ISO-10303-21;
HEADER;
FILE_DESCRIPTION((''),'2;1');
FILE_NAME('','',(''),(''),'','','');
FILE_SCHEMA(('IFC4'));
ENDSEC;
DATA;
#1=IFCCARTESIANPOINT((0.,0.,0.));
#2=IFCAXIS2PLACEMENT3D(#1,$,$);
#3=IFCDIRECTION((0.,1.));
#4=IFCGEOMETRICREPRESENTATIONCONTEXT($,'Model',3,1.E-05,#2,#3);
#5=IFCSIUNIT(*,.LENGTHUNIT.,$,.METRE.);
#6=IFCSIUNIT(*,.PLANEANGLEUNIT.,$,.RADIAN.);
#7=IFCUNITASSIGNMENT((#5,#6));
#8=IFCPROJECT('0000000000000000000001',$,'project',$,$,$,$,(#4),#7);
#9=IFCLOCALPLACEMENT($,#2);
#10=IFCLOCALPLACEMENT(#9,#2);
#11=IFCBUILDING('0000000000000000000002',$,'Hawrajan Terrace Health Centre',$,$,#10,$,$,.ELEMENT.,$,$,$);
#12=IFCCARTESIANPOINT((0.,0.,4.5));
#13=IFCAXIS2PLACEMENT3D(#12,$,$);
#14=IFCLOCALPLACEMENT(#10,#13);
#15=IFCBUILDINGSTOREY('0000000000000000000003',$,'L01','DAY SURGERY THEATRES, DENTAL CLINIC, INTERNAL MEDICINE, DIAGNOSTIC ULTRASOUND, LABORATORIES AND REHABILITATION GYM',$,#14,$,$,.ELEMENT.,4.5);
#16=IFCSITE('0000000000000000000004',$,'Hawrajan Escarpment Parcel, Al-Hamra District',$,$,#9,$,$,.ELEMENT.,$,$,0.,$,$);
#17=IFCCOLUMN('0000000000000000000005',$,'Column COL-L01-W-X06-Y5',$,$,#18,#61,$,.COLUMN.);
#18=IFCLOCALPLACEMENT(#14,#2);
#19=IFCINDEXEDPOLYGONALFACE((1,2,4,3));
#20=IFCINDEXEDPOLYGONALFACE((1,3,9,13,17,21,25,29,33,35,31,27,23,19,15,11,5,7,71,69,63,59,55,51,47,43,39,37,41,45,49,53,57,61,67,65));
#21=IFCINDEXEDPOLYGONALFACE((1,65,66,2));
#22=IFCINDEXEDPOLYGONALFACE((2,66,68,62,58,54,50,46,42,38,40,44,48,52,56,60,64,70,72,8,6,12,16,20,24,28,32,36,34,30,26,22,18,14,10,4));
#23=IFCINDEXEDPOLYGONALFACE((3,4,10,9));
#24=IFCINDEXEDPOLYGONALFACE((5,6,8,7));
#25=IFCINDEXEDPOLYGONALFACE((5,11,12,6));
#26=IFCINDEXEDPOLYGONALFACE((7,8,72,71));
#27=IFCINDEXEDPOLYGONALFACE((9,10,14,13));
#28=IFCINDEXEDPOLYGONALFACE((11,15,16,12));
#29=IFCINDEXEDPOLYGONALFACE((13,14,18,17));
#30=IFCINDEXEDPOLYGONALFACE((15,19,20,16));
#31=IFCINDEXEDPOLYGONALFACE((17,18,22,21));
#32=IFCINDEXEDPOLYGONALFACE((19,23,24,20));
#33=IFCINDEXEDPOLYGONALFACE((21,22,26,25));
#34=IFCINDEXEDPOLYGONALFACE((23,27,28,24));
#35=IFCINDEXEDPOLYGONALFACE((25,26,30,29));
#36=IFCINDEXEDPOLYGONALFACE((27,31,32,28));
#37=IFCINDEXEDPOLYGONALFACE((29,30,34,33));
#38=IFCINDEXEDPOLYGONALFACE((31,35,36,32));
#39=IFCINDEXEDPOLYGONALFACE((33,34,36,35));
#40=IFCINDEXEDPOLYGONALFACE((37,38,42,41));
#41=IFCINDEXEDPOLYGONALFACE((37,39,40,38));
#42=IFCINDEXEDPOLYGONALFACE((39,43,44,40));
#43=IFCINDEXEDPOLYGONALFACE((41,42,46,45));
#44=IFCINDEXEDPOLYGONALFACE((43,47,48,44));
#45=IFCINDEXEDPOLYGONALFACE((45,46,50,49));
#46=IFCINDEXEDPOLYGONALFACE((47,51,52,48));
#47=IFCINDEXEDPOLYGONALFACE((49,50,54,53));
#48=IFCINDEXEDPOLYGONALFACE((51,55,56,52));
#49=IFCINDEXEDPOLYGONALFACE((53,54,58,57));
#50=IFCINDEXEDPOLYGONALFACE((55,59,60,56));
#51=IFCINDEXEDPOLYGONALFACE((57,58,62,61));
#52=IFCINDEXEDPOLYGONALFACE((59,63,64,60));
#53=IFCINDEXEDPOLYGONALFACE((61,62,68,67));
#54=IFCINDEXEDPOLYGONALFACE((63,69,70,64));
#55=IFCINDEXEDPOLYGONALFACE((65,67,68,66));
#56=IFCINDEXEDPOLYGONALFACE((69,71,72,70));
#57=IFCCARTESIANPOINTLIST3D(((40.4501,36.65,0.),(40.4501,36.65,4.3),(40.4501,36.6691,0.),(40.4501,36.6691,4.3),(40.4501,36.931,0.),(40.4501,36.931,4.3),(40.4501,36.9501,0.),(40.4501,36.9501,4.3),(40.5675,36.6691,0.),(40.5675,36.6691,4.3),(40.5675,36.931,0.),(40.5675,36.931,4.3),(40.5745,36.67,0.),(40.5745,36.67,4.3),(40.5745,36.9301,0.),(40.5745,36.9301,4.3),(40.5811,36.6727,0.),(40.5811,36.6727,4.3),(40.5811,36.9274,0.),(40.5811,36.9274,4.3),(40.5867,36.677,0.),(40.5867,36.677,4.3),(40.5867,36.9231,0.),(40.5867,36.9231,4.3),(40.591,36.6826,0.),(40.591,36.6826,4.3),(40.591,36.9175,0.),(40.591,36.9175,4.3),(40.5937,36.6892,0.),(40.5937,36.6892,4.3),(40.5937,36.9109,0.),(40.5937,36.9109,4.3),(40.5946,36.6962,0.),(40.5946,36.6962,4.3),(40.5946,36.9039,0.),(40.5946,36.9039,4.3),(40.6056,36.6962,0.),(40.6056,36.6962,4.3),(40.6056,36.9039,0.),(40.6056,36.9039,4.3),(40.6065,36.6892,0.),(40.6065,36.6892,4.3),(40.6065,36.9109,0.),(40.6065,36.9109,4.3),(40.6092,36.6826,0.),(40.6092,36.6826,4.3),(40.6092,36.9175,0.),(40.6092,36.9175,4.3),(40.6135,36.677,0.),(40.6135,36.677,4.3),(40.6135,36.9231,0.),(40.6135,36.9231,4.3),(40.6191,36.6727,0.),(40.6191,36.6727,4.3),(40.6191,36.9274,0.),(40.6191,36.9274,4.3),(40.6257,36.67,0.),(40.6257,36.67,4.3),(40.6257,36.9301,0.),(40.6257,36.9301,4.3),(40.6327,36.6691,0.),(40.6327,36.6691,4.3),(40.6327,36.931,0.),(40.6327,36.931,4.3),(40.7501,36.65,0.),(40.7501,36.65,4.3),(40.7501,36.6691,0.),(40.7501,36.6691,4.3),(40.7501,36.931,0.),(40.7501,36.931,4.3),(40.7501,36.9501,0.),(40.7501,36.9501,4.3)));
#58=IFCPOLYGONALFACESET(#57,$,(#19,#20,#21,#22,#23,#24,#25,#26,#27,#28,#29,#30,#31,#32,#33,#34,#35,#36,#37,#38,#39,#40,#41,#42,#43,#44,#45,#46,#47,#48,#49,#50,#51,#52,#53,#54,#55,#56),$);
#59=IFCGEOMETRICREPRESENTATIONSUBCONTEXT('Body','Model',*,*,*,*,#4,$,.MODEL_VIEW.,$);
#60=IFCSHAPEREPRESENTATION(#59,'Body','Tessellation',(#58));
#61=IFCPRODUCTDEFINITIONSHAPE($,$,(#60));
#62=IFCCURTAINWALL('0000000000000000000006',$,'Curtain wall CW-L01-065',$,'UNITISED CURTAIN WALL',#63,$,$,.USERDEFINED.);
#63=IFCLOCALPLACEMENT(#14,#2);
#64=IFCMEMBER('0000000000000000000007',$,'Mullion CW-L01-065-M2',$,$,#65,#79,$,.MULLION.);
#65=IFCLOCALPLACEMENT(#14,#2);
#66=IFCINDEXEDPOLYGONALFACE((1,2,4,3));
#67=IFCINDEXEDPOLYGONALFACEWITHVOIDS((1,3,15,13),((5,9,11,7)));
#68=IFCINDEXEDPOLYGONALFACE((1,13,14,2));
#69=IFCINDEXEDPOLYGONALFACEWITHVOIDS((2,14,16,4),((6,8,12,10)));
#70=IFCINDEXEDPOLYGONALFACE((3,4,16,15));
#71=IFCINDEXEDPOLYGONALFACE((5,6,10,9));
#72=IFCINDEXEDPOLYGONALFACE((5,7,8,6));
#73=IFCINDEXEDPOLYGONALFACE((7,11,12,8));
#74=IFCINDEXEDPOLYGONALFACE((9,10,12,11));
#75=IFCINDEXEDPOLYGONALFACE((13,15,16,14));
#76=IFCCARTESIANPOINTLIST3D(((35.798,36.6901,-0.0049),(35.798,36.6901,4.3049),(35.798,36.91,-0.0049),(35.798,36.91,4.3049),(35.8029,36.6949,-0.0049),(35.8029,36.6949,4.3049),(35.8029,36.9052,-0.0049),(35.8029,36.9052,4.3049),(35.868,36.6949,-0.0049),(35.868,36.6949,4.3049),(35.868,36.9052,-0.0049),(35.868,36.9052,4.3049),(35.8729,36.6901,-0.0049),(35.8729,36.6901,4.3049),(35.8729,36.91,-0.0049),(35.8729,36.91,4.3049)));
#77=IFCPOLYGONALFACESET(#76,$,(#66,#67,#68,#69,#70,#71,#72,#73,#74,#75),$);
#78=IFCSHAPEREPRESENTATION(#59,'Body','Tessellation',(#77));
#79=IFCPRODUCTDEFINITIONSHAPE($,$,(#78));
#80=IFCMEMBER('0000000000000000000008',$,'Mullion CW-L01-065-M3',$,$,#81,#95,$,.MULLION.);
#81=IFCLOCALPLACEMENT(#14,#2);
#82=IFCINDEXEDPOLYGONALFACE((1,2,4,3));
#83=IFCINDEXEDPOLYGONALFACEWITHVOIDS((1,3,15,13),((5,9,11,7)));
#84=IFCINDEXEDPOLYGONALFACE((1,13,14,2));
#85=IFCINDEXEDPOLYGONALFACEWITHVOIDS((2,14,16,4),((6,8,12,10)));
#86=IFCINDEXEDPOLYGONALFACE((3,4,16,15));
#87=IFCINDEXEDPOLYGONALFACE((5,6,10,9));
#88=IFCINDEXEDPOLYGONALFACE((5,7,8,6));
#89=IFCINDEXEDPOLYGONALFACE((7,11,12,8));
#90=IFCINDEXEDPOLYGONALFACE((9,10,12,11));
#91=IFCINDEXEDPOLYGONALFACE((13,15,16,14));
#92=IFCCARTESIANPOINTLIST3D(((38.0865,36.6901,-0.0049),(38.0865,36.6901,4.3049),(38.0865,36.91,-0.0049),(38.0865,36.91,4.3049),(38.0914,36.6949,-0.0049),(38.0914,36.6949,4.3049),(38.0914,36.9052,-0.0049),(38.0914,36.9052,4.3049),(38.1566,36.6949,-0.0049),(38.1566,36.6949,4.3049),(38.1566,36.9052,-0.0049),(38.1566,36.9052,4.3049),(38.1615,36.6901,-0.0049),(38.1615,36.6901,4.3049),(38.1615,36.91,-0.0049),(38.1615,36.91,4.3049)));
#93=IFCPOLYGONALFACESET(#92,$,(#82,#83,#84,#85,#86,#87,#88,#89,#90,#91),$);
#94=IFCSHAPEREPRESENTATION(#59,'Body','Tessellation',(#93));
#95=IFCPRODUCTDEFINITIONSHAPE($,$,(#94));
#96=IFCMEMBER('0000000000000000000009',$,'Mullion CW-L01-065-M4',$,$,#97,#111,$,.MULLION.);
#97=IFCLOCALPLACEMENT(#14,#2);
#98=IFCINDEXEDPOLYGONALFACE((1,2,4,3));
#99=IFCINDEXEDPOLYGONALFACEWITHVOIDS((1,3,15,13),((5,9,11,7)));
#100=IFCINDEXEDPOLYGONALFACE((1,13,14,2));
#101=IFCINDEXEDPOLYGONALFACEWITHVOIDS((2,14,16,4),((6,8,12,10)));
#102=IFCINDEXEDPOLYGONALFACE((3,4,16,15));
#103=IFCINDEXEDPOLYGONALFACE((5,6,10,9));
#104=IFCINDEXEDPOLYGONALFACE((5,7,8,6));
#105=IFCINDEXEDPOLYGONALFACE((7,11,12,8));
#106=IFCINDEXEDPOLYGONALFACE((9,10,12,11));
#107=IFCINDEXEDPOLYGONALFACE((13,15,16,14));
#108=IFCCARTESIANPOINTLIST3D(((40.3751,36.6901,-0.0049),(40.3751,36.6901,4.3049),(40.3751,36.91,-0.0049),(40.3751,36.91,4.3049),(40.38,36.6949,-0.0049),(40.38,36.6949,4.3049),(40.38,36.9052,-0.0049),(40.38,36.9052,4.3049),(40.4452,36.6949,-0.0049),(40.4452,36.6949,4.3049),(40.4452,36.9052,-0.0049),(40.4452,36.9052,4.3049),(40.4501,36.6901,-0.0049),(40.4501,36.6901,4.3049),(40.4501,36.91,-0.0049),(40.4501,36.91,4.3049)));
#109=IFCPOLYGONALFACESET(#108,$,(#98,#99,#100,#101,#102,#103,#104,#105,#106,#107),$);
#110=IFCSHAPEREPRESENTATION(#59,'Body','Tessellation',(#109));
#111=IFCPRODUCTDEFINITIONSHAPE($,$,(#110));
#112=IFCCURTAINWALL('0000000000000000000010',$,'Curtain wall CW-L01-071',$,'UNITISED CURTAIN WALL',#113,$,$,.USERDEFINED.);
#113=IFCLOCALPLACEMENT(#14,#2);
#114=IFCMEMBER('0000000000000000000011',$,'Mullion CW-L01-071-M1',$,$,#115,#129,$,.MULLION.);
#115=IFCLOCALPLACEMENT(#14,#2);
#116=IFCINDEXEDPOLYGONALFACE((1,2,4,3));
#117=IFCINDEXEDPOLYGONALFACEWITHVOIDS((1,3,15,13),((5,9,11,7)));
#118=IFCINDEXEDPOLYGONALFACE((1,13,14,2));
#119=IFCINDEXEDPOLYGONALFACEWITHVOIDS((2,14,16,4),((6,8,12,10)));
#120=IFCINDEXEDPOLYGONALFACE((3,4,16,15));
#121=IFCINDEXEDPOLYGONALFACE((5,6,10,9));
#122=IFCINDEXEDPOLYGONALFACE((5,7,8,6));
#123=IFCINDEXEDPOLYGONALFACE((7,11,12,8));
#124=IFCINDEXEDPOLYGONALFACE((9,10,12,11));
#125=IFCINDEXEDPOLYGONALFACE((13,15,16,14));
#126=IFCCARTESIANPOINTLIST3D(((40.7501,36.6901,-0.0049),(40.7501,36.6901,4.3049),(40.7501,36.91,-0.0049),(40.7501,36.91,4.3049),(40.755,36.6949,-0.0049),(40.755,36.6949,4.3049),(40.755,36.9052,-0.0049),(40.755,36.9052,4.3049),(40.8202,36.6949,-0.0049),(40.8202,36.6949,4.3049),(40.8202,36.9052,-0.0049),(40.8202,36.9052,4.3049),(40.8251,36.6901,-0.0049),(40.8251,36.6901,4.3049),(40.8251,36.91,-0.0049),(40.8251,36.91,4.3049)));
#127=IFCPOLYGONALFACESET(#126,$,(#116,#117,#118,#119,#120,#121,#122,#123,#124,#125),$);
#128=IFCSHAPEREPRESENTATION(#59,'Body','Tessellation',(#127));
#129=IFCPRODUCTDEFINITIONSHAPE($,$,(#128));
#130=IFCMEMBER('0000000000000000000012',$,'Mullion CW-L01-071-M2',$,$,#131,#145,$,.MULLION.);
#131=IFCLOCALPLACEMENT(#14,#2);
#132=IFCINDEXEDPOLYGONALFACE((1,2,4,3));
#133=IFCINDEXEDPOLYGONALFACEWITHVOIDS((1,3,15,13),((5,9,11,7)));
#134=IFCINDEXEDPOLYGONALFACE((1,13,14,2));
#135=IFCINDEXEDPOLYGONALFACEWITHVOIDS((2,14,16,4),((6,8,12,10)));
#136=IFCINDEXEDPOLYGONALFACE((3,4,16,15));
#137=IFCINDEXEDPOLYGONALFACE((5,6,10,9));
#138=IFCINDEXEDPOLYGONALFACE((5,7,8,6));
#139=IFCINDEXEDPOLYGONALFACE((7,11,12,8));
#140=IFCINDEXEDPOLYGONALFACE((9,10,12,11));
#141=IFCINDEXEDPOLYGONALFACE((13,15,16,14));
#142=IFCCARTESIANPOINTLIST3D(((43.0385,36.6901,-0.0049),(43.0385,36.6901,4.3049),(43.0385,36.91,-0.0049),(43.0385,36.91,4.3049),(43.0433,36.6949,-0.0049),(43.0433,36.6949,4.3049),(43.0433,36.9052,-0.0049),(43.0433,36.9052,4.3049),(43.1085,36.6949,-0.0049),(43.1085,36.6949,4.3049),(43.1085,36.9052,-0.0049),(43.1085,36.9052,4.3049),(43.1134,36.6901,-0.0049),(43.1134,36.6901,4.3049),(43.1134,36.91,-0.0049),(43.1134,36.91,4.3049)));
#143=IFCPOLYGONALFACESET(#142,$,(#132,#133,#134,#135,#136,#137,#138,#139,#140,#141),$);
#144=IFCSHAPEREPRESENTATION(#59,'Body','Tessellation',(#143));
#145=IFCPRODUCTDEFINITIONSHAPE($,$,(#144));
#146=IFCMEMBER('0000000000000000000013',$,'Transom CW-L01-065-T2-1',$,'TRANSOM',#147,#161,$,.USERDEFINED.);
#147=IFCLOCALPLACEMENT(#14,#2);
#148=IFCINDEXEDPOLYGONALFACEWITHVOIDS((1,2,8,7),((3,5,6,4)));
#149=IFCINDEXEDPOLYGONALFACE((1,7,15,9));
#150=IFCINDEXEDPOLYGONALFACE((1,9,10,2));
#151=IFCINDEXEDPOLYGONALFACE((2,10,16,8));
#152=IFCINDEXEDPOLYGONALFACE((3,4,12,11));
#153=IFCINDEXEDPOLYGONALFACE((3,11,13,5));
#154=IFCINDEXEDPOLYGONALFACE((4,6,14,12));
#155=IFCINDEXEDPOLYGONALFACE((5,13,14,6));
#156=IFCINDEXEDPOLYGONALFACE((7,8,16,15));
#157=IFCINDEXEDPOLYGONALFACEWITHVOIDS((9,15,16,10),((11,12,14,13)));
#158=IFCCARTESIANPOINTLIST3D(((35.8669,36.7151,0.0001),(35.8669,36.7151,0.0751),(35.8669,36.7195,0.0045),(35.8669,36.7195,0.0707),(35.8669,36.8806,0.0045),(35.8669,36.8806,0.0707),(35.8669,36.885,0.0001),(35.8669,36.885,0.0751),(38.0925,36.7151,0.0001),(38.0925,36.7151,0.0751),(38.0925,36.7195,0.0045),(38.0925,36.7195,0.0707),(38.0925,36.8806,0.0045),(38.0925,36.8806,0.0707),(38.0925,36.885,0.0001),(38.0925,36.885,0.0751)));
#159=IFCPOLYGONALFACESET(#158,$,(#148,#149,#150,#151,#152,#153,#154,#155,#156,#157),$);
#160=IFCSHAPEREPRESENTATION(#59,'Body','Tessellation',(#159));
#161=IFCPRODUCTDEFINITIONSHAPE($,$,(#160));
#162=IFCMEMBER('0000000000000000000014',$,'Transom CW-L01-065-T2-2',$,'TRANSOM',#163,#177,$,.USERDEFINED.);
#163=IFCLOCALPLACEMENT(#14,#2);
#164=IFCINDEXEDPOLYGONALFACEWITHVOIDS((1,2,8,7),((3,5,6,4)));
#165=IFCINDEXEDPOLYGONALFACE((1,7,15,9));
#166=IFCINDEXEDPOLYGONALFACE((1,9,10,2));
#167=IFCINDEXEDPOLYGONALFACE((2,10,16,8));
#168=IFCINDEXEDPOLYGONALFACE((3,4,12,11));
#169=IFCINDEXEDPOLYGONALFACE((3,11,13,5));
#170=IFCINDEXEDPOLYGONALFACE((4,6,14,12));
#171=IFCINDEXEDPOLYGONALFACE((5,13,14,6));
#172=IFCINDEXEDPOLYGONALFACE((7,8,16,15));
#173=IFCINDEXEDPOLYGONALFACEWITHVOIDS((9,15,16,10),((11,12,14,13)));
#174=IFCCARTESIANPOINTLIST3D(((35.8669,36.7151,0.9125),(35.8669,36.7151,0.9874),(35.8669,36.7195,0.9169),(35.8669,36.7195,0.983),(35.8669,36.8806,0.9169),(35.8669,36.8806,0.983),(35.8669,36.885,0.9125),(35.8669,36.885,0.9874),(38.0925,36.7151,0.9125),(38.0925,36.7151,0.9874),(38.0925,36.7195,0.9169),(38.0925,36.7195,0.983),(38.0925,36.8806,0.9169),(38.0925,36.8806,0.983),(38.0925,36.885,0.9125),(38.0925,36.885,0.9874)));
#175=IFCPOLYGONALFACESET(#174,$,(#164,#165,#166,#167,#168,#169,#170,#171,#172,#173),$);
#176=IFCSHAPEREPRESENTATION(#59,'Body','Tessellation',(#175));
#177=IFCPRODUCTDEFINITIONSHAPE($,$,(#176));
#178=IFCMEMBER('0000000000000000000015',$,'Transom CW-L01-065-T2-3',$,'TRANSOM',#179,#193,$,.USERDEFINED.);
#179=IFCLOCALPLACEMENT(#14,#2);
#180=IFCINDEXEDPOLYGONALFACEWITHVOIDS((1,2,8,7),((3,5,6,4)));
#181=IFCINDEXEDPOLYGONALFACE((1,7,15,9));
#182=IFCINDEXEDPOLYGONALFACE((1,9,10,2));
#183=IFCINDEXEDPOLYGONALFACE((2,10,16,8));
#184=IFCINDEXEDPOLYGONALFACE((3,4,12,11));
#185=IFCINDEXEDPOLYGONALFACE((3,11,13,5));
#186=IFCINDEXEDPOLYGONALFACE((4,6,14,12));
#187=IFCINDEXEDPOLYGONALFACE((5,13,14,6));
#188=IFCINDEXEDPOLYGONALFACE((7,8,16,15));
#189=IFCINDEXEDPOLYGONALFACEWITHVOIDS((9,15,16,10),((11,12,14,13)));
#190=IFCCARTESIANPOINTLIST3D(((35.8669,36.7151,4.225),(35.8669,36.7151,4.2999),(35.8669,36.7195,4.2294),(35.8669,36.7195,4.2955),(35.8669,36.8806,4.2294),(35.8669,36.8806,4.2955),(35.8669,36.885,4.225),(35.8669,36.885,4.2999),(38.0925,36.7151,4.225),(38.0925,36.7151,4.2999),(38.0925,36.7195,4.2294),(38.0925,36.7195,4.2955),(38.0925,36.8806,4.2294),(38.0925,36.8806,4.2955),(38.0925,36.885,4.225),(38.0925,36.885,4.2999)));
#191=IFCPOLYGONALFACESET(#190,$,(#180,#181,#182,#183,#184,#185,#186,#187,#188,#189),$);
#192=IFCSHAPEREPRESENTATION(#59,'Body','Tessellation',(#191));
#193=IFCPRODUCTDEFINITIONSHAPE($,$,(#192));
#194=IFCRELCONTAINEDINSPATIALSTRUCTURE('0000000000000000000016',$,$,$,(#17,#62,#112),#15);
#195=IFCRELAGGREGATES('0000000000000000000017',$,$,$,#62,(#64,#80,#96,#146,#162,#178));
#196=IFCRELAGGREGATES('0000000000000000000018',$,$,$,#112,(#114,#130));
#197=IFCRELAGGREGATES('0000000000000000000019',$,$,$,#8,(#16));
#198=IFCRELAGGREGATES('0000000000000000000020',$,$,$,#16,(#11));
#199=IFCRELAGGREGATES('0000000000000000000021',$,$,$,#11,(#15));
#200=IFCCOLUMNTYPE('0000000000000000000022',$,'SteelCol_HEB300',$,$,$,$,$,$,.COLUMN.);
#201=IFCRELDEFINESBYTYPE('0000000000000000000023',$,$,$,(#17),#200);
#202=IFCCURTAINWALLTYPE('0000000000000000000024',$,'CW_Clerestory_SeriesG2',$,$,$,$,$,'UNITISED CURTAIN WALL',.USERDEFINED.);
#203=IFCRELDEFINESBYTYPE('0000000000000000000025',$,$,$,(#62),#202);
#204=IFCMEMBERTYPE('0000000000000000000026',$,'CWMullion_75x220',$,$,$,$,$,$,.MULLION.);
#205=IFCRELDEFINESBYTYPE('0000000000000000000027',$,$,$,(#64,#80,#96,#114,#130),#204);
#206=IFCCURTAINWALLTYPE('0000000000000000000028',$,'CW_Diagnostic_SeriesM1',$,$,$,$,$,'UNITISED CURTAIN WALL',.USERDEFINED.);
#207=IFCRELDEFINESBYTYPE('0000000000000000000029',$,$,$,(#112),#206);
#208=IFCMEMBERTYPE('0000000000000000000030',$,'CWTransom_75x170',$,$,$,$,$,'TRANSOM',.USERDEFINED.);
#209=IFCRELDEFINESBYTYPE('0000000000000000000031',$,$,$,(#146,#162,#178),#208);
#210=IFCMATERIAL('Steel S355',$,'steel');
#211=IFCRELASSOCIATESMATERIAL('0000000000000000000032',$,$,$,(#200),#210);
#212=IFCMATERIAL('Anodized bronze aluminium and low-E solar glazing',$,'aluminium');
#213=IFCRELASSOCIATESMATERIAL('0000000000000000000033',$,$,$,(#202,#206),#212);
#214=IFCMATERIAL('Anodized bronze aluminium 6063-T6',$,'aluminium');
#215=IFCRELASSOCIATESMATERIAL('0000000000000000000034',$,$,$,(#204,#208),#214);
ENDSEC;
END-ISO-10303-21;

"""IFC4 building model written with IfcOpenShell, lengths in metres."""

from ifc_helpers import new_model, si_unit, direction, frame, origin, origin_2d, place, context, subcontext, project, spatial, hollow_rectangle, i_section, extrude, material, material_profile, profile_set, type_object, element, aggregate, save


model = new_model("IFC4")

# Units and contexts
model_context = context("Model", 3, precision=1e-05, world=origin(), true_north=direction((0.0, 1.0)))
body_context = subcontext(model_context, "Body", "Model", "MODEL_VIEW")
ifc_project = project(units=[si_unit("LENGTHUNIT", "METRE"), si_unit("PLANEANGLEUNIT", "RADIAN")], contexts=[model_context])

# Site, building, storey
site_placement = place(None, origin())
site = spatial("IfcSite", under=ifc_project, at=site_placement, Name="Hawrajan Escarpment Parcel, Al-Hamra District", CompositionType="ELEMENT", RefElevation=0.0)
building_placement = place(site_placement, origin())
building = spatial("IfcBuilding", under=site, at=building_placement, Name="Hawrajan Terrace Health Centre", CompositionType="ELEMENT")
storey_placement = place(building_placement, frame((0.0, 0.0, 4.5)))
storey = spatial("IfcBuildingStorey", under=building, at=storey_placement, Name="L01", Description="DAY SURGERY THEATRES, DENTAL CLINIC, INTERNAL MEDICINE, DIAGNOSTIC ULTRASOUND, LABORATORIES AND REHABILITATION GYM", CompositionType="ELEMENT", Elevation=4.5)

# Column
ifc_material_1 = material(Name="Steel S355", Category="steel")
ifc_material_profile_1 = material_profile(ifc_material_1, i_section(OverallWidth=0.3, OverallDepth=0.3, WebThickness=0.011, FlangeThickness=0.019, FilletRadius=0.0271, at=origin_2d()), Name="HEB 300")
ifc_profile_set_1 = profile_set([ifc_material_profile_1], Name="Steel S355")
column_type = type_object("IfcColumnType", Name="SteelCol_HEB300", PredefinedType="COLUMN", material=ifc_profile_set_1)
column_placement = place(storey_placement, frame((40.6001, 36.8, 0.0), z_axis=(0.0, 0.0, 1.0), x_axis=(1.0, 0.0, 0.0)))
element("IfcColumn", 1, at=column_placement, inside=storey, type_object=column_type, Name="Column COL-L01-W-X06-Y5", PredefinedType="COLUMN", context=body_context, shape_type="SweptSolid", body=[
    extrude(i_section(OverallWidth=0.3, OverallDepth=0.3, WebThickness=0.011, FlangeThickness=0.019, FilletRadius=0.0271, at=origin_2d()), origin(), (0.0, 0.0, 1.0), 4.3),
])

# Curtain walls, members
ifc_material_2 = material(Name="Anodized bronze aluminium and low-E solar glazing", Category="aluminium")
curtain_wall_type_1 = type_object("IfcCurtainWallType", Name="CW_Clerestory_SeriesG2", ElementType="UNITISED CURTAIN WALL", PredefinedType="USERDEFINED", material=ifc_material_2)
curtain_wall_1_placement = place(storey_placement, origin())
curtain_wall_1 = element("IfcCurtainWall", 2, at=curtain_wall_1_placement, inside=storey, type_object=curtain_wall_type_1, Name="Curtain wall CW-L01-065", ObjectType="UNITISED CURTAIN WALL", PredefinedType="USERDEFINED")
ifc_material_3 = material(Name="Anodized bronze aluminium 6063-T6", Category="aluminium")
ifc_material_profile_2 = material_profile(ifc_material_3, hollow_rectangle(XDim=0.075, YDim=0.22, WallThickness=0.0049, at=origin_2d()), Name="CW MUL 75x220")
ifc_profile_set_2 = profile_set([ifc_material_profile_2], Name="Anodized bronze aluminium 6063-T6")
member_type_1 = type_object("IfcMemberType", Name="CWMullion_75x220", PredefinedType="MULLION", material=ifc_profile_set_2)
member_1_placement = place(storey_placement, frame((35.8354, 36.8, -0.0049), z_axis=(0.0, 0.0, 1.0), x_axis=(1.0, 0.0, 0.0)))
member_1 = element("IfcMember", 3, at=member_1_placement, type_object=member_type_1, Name="Mullion CW-L01-065-M2", PredefinedType="MULLION", context=body_context, shape_type="SweptSolid", body=[
    extrude(hollow_rectangle(XDim=0.075, YDim=0.22, WallThickness=0.0049, at=origin_2d()), origin(), (0.0, 0.0, 1.0), 4.3098),
])
member_2_placement = place(storey_placement, frame((38.124, 36.8, -0.0049), z_axis=(0.0, 0.0, 1.0), x_axis=(1.0, 0.0, 0.0)))
member_2 = element("IfcMember", 4, at=member_2_placement, type_object=member_type_1, Name="Mullion CW-L01-065-M3", PredefinedType="MULLION", context=body_context, shape_type="SweptSolid", body=[
    extrude(hollow_rectangle(XDim=0.075, YDim=0.22, WallThickness=0.0049, at=origin_2d()), origin(), (0.0, 0.0, 1.0), 4.3098),
])
member_3_placement = place(storey_placement, frame((40.4126, 36.8, -0.0049), z_axis=(0.0, 0.0, 1.0), x_axis=(1.0, 0.0, 0.0)))
member_3 = element("IfcMember", 5, at=member_3_placement, type_object=member_type_1, Name="Mullion CW-L01-065-M4", PredefinedType="MULLION", context=body_context, shape_type="SweptSolid", body=[
    extrude(hollow_rectangle(XDim=0.075, YDim=0.22, WallThickness=0.0049, at=origin_2d()), origin(), (0.0, 0.0, 1.0), 4.3098),
])
curtain_wall_type_2 = type_object("IfcCurtainWallType", Name="CW_Diagnostic_SeriesM1", ElementType="UNITISED CURTAIN WALL", PredefinedType="USERDEFINED", material=ifc_material_2)
curtain_wall_2_placement = place(storey_placement, origin())
curtain_wall_2 = element("IfcCurtainWall", 6, at=curtain_wall_2_placement, inside=storey, type_object=curtain_wall_type_2, Name="Curtain wall CW-L01-071", ObjectType="UNITISED CURTAIN WALL", PredefinedType="USERDEFINED")
member_4_placement = place(storey_placement, frame((40.7876, 36.8, -0.0049), z_axis=(0.0, 0.0, 1.0), x_axis=(1.0, 0.0, 0.0)))
member_4 = element("IfcMember", 7, at=member_4_placement, type_object=member_type_1, Name="Mullion CW-L01-071-M1", PredefinedType="MULLION", context=body_context, shape_type="SweptSolid", body=[
    extrude(hollow_rectangle(XDim=0.075, YDim=0.22, WallThickness=0.0049, at=origin_2d()), origin(), (0.0, 0.0, 1.0), 4.3098),
])
member_5_placement = place(storey_placement, frame((43.0759, 36.8, -0.0049), z_axis=(0.0, 0.0, 1.0), x_axis=(1.0, 0.0, 0.0)))
member_5 = element("IfcMember", 8, at=member_5_placement, type_object=member_type_1, Name="Mullion CW-L01-071-M2", PredefinedType="MULLION", context=body_context, shape_type="SweptSolid", body=[
    extrude(hollow_rectangle(XDim=0.075, YDim=0.22, WallThickness=0.0049, at=origin_2d()), origin(), (0.0, 0.0, 1.0), 4.3098),
])

# Members
ifc_material_profile_3 = material_profile(ifc_material_3, hollow_rectangle(XDim=0.075, YDim=0.1699, WallThickness=0.0044, at=origin_2d()), Name="CW TRN 75x170")
ifc_profile_set_3 = profile_set([ifc_material_profile_3], Name="Anodized bronze aluminium 6063-T6")
member_type_2 = type_object("IfcMemberType", Name="CWTransom_75x170", ElementType="TRANSOM", PredefinedType="USERDEFINED", material=ifc_profile_set_3)
member_6_placement = place(storey_placement, frame((35.8669, 36.8, 0.0376), z_axis=(1.0, 0.0, 0.0), x_axis=(0.0, 0.0, 1.0)))
member_6 = element("IfcMember", 9, at=member_6_placement, type_object=member_type_2, Name="Transom CW-L01-065-T2-1", ObjectType="TRANSOM", PredefinedType="USERDEFINED", context=body_context, shape_type="SweptSolid", body=[
    extrude(hollow_rectangle(XDim=0.075, YDim=0.1699, WallThickness=0.0044, at=origin_2d()), origin(), (0.0, 0.0, 1.0), 2.2256),
])
member_7_placement = place(storey_placement, frame((35.8669, 36.8, 0.95), z_axis=(1.0, 0.0, 0.0), x_axis=(0.0, 0.0, 1.0)))
member_7 = element("IfcMember", 10, at=member_7_placement, type_object=member_type_2, Name="Transom CW-L01-065-T2-2", ObjectType="TRANSOM", PredefinedType="USERDEFINED", context=body_context, shape_type="SweptSolid", body=[
    extrude(hollow_rectangle(XDim=0.075, YDim=0.1699, WallThickness=0.0044, at=origin_2d()), origin(), (0.0, 0.0, 1.0), 2.2256),
])
member_8_placement = place(storey_placement, frame((35.8669, 36.8, 4.2625), z_axis=(1.0, 0.0, 0.0), x_axis=(0.0, 0.0, 1.0)))
member_8 = element("IfcMember", 11, at=member_8_placement, type_object=member_type_2, Name="Transom CW-L01-065-T2-3", ObjectType="TRANSOM", PredefinedType="USERDEFINED", context=body_context, shape_type="SweptSolid", body=[
    extrude(hollow_rectangle(XDim=0.075, YDim=0.1699, WallThickness=0.0044, at=origin_2d()), origin(), (0.0, 0.0, 1.0), 2.2256),
])

aggregate(curtain_wall_1, [member_1, member_2, member_3, member_6, member_7, member_8])
aggregate(curtain_wall_2, [member_4, member_5])

save(model, "model.ifc")
